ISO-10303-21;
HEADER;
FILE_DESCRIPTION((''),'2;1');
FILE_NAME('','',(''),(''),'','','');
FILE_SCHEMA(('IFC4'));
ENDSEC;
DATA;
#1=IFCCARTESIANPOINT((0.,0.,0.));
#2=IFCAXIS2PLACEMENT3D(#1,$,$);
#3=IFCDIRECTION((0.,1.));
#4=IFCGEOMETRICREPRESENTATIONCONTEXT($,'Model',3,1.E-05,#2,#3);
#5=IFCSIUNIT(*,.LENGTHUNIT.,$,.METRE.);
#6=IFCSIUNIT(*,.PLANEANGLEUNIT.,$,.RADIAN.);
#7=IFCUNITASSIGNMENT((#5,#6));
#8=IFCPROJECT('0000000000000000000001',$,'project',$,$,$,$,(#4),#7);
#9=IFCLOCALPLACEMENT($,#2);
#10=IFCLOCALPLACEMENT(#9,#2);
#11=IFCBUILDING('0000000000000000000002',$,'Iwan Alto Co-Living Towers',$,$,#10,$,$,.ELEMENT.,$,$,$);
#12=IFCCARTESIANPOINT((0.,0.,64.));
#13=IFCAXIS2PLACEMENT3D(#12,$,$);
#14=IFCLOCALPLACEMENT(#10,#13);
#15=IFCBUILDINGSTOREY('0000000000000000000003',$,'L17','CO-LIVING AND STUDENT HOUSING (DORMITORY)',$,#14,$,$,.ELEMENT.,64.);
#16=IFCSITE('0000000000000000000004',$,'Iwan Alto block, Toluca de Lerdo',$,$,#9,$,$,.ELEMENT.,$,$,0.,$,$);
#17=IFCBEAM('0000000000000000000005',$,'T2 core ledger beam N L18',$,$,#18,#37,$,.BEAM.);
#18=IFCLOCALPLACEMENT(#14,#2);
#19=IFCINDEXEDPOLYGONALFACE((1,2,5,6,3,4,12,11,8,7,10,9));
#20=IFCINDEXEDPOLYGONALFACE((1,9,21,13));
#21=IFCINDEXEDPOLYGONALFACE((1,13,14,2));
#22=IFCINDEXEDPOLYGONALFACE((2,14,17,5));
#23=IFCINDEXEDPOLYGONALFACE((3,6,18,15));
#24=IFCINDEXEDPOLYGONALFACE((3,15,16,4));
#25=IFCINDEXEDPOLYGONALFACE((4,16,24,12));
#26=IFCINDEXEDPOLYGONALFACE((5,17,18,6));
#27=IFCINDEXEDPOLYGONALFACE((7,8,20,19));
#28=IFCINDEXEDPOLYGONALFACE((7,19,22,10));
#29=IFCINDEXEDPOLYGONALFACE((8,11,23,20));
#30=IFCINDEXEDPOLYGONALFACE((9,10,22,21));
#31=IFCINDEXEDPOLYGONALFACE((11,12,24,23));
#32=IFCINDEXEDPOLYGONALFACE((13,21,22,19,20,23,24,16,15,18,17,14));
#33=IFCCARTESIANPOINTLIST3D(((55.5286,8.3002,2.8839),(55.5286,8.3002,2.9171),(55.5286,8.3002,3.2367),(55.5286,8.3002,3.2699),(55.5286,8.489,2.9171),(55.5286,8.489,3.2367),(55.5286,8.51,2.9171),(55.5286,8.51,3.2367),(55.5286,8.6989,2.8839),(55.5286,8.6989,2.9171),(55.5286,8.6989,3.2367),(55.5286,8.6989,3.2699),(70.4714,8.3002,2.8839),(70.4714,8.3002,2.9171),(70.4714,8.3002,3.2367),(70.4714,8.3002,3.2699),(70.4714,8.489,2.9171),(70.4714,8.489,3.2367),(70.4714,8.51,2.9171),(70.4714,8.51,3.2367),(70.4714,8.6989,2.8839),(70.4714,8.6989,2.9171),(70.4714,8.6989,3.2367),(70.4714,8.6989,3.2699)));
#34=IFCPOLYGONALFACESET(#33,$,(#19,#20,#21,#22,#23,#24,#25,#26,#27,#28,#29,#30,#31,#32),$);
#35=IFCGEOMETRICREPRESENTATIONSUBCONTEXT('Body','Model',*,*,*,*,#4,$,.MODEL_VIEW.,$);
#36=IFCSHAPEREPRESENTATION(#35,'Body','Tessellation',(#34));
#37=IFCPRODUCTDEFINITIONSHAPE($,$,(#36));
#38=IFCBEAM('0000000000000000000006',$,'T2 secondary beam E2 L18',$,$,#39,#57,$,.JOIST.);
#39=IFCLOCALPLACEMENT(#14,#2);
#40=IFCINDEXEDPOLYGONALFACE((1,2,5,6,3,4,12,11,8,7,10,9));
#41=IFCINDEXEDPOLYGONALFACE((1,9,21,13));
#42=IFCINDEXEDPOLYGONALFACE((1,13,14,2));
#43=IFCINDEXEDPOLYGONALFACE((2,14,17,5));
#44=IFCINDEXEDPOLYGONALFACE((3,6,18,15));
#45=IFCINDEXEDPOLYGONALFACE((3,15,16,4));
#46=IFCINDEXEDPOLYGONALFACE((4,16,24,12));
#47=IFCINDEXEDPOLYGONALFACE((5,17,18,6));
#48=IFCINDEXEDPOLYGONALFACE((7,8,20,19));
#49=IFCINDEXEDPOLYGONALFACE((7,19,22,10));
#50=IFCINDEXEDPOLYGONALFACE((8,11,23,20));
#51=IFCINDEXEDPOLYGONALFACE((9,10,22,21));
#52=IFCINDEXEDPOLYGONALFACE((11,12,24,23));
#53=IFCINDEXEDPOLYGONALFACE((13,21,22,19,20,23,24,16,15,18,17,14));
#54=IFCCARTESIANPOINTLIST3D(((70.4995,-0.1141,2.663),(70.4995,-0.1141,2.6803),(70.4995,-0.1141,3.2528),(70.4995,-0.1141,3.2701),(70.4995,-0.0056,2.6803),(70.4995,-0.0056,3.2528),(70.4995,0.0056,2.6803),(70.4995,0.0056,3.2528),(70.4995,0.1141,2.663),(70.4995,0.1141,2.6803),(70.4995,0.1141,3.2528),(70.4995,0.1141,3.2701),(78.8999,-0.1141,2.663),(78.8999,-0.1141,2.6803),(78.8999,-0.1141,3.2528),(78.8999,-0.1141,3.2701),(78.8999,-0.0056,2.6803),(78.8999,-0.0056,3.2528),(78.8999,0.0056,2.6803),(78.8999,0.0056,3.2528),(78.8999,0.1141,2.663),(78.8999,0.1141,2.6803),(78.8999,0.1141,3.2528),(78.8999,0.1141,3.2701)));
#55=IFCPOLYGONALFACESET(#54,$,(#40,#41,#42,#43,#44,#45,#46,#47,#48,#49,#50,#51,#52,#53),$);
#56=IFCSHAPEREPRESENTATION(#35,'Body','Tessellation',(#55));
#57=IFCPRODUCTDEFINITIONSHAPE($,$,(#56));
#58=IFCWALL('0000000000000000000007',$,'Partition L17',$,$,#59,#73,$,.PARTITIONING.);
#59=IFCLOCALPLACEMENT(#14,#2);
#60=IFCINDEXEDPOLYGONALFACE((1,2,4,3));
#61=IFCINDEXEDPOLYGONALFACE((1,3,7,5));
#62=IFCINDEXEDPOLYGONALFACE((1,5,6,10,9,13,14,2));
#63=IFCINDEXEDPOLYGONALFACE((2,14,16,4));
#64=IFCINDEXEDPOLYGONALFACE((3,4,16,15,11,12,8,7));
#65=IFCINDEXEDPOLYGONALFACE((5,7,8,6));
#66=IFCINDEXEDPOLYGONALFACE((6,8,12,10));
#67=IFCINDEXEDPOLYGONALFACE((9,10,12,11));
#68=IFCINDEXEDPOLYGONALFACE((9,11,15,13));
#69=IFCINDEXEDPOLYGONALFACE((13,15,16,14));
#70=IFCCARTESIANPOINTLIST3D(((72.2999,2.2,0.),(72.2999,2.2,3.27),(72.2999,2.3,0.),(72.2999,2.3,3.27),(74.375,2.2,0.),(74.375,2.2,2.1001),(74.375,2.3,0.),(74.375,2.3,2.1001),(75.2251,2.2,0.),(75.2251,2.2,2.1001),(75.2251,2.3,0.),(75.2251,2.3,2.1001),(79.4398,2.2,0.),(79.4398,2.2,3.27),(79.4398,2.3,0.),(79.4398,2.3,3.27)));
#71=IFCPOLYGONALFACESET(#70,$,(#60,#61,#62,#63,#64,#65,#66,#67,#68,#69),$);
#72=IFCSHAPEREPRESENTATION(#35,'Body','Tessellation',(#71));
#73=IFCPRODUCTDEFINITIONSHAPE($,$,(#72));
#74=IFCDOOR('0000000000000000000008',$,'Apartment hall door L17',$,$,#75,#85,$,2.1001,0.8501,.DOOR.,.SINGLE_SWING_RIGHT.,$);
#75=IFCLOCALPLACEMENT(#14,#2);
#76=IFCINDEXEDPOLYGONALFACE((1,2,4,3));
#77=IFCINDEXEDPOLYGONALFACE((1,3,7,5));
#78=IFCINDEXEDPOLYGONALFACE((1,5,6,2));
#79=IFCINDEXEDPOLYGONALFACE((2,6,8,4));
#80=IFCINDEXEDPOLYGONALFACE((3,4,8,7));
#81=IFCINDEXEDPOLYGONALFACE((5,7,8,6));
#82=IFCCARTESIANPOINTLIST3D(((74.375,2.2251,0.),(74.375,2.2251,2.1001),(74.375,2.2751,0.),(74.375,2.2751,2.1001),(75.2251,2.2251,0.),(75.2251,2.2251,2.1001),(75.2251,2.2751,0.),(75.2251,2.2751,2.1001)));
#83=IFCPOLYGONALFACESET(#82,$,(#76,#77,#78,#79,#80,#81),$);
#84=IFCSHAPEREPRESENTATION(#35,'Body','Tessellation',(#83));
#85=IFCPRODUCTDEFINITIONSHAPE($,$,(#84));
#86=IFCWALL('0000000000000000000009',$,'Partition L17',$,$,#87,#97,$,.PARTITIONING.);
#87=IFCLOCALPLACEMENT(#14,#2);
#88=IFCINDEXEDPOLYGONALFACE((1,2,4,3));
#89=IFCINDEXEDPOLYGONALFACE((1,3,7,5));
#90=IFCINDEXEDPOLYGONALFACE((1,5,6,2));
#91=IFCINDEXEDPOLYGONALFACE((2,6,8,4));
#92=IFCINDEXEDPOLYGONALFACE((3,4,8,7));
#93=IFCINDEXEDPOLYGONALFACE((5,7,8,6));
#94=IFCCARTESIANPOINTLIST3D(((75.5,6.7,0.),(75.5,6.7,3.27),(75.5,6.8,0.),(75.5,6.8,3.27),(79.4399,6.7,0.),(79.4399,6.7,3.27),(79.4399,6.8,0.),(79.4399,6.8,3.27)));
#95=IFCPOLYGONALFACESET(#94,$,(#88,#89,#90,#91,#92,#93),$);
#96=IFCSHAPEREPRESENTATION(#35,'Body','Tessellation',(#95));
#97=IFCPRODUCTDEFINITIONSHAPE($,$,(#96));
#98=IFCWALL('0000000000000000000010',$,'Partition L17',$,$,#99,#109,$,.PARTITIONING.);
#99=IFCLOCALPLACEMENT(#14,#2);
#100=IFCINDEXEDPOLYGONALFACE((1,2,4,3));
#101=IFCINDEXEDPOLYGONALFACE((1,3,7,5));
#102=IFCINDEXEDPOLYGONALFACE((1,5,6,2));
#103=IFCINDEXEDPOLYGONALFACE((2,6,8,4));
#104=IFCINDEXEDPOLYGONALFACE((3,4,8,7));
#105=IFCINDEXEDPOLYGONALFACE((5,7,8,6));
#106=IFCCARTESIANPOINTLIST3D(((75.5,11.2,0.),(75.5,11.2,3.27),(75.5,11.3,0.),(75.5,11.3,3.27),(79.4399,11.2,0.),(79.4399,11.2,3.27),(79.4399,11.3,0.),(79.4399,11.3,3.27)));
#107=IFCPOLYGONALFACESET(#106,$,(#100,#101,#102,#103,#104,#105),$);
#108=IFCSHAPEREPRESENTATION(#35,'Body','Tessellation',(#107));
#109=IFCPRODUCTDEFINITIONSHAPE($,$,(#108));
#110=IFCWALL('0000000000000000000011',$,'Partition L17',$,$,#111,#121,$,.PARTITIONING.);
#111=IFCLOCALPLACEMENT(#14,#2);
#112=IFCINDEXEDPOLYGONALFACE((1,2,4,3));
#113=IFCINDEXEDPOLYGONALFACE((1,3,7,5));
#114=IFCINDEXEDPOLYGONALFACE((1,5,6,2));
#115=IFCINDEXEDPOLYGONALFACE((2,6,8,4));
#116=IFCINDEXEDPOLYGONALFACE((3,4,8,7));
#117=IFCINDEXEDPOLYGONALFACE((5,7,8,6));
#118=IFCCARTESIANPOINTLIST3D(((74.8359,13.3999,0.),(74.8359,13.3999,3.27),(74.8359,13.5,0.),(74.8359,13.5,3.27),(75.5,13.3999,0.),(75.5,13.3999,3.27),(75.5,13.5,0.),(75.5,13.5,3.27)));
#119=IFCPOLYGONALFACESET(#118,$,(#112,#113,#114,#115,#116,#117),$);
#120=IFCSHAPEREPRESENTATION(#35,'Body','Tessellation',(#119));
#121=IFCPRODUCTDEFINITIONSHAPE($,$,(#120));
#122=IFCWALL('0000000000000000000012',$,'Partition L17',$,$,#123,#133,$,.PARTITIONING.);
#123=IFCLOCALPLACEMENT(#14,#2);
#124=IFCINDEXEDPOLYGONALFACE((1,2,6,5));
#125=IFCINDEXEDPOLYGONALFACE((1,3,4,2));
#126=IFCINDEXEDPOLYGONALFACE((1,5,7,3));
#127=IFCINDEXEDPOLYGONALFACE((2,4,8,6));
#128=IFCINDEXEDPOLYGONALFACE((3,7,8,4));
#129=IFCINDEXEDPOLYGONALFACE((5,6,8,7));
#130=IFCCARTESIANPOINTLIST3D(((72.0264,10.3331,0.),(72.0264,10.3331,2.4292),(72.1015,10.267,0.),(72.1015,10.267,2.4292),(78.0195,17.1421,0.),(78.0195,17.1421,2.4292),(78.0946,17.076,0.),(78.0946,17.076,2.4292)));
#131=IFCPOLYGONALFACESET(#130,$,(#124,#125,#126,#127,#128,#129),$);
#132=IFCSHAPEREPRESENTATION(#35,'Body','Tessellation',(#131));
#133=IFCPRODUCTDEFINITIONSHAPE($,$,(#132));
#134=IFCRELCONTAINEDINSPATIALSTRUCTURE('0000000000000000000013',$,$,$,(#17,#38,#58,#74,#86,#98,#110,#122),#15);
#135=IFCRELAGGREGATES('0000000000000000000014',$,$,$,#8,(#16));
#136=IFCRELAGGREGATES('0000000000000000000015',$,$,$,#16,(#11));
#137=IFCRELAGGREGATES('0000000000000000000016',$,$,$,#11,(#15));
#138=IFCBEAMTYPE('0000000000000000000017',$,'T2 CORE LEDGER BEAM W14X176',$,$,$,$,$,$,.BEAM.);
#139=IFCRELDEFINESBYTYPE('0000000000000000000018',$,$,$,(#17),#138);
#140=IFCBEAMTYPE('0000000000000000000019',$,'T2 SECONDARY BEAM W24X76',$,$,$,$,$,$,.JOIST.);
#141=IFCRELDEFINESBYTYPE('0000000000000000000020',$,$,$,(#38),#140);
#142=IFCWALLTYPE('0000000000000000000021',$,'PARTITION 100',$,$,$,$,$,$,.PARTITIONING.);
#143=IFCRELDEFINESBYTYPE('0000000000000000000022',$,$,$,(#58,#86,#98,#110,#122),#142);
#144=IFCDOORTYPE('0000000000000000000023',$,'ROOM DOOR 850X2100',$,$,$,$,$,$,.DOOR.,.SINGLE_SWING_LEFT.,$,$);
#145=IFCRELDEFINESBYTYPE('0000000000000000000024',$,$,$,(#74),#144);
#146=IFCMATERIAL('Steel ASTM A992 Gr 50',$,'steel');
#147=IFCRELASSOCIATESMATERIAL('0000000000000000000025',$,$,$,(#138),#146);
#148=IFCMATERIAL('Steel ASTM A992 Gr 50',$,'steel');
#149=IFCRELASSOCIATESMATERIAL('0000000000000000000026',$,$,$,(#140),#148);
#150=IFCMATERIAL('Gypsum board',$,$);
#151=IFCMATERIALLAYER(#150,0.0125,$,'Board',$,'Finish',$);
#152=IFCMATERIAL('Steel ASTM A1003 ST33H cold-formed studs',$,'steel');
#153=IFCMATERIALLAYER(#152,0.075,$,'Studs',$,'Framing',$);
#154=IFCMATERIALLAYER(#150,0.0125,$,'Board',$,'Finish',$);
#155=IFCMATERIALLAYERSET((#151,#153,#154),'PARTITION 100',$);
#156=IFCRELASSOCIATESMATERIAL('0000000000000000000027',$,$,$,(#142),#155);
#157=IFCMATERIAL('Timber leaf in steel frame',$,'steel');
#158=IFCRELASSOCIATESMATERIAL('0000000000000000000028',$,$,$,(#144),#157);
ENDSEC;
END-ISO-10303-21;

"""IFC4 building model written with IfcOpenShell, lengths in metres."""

from ifc_helpers import new_model, si_unit, direction, frame, frame_2d, origin, origin_2d, place, context, subcontext, project, spatial, rectangle, i_section, extrude, material, layer, layer_set, material_profile, profile_set, type_object, element, fill, save


model = new_model("IFC4")

# Units and contexts
model_context = context("Model", 3, precision=1e-05, world=origin(), true_north=direction((0.0, 1.0)))
body_context = subcontext(model_context, "Body", "Model", "MODEL_VIEW")
ifc_project = project(units=[si_unit("LENGTHUNIT", "METRE"), si_unit("PLANEANGLEUNIT", "RADIAN")], contexts=[model_context])

# Site, building, storey
site_placement = place(None, origin())
site = spatial("IfcSite", under=ifc_project, at=site_placement, Name="Iwan Alto block, Toluca de Lerdo", CompositionType="ELEMENT", RefElevation=0.0)
building_placement = place(site_placement, origin())
building = spatial("IfcBuilding", under=site, at=building_placement, Name="Iwan Alto Co-Living Towers", CompositionType="ELEMENT")
storey_placement = place(building_placement, frame((0.0, 0.0, 64.0)))
storey = spatial("IfcBuildingStorey", under=building, at=storey_placement, Name="L17", Description="CO-LIVING AND STUDENT HOUSING (DORMITORY)", CompositionType="ELEMENT", Elevation=64.0)

# Beams
ifc_material_1 = material(Name="Steel ASTM A992 Gr 50", Category="steel")
ifc_material_profile_1 = material_profile(ifc_material_1, i_section(OverallWidth=0.3987, OverallDepth=0.386, WebThickness=0.021, FlangeThickness=0.0332, at=origin_2d()), Name="W14X176")
ifc_profile_set_1 = profile_set([ifc_material_profile_1], Name="Steel ASTM A992 Gr 50")
beam_type_1 = type_object("IfcBeamType", Name="T2 CORE LEDGER BEAM W14X176", PredefinedType="BEAM", material=ifc_profile_set_1)
beam_1_placement = place(storey_placement, frame((70.4714, 8.4995, 3.0769), z_axis=(-1.0, 0.0, 0.0), x_axis=(0.0, -1.0, 0.0)))
element("IfcBeam", 1, at=beam_1_placement, inside=storey, type_object=beam_type_1, Name="T2 core ledger beam N L18", PredefinedType="BEAM", context=body_context, shape_type="SweptSolid", body=[
    extrude(i_section(OverallWidth=0.3987, OverallDepth=0.386, WebThickness=0.021, FlangeThickness=0.0332, at=origin_2d()), origin(), (0.0, 0.0, 1.0), 14.9429),
])
ifc_material_2 = material(Name="Steel ASTM A992 Gr 50", Category="steel")
ifc_material_profile_2 = material_profile(ifc_material_2, i_section(OverallWidth=0.2283, OverallDepth=0.6072, WebThickness=0.0112, FlangeThickness=0.0173, at=origin_2d()), Name="W24X76")
ifc_profile_set_2 = profile_set([ifc_material_profile_2], Name="Steel ASTM A992 Gr 50")
beam_type_2 = type_object("IfcBeamType", Name="T2 SECONDARY BEAM W24X76", PredefinedType="JOIST", material=ifc_profile_set_2)
beam_2_placement = place(storey_placement, frame((78.8999, 0.0, 2.9666), z_axis=(-1.0, 0.0, 0.0), x_axis=(0.0, -1.0, 0.0)))
element("IfcBeam", 2, at=beam_2_placement, inside=storey, type_object=beam_type_2, Name="T2 secondary beam E2 L18", PredefinedType="JOIST", context=body_context, shape_type="SweptSolid", body=[
    extrude(i_section(OverallWidth=0.2283, OverallDepth=0.6072, WebThickness=0.0112, FlangeThickness=0.0173, at=origin_2d()), origin(), (0.0, 0.0, 1.0), 8.4004),
])

# Wall, opening, door
ifc_material_3 = material(Name="Gypsum board")
ifc_layer_1 = layer(ifc_material_3, 0.0125, Name="Board", Category="Finish")
ifc_material_4 = material(Name="Steel ASTM A1003 ST33H cold-formed studs", Category="steel")
ifc_layer_2 = layer(ifc_material_4, 0.075, Name="Studs", Category="Framing")
ifc_layer_3 = layer(ifc_material_3, 0.0125, Name="Board", Category="Finish")
ifc_layer_set_1 = layer_set([ifc_layer_1, ifc_layer_2, ifc_layer_3], Name="PARTITION 100")
wall_type_1 = type_object("IfcWallType", Name="PARTITION 100", PredefinedType="PARTITIONING", material=ifc_layer_set_1)
wall_1_placement = place(storey_placement, frame((72.3, 2.25, 0.0), z_axis=(0.0, 0.0, 1.0), x_axis=(1.0, 0.0, 0.0)))
wall_1 = element("IfcWall", 3, at=wall_1_placement, inside=storey, type_object=wall_type_1, Name="Partition L17", PredefinedType="PARTITIONING", context=body_context, shape_type="SweptSolid", body=[
    extrude(rectangle(XDim=7.1399, YDim=0.1001, at=frame_2d((3.5698, 0.0))), origin(), (0.0, 0.0, 1.0), 3.27),
])
opening_1_placement = place(wall_1_placement, frame((2.075, 0.0, 0.0)))
opening_1 = element("IfcOpeningElement", 4, at=opening_1_placement, cuts=wall_1, PredefinedType="OPENING", context=body_context, shape_type="SweptSolid", body=[
    extrude(rectangle(XDim=0.8501, YDim=2.1001, at=frame_2d((0.425, 1.05))), frame((0.0, 0.0601, 0.0), z_axis=(0.0, -1.0, 0.0), x_axis=(1.0, 0.0, 0.0)), (0.0, 0.0, 1.0), 0.1201),
])
ifc_material_5 = material(Name="Timber leaf in steel frame", Category="steel")
door_type = type_object("IfcDoorType", Name="ROOM DOOR 850X2100", OperationType="SINGLE_SWING_LEFT", PredefinedType="DOOR", material=ifc_material_5)
door_1_placement = place(opening_1_placement, frame((0.8501, 0.0, 0.0), z_axis=(0.0, 0.0, 1.0), x_axis=(-1.0, 0.0, 0.0)))
door_1 = element("IfcDoor", 5, at=door_1_placement, inside=storey, type_object=door_type, Name="Apartment hall door L17", OperationType="SINGLE_SWING_RIGHT", OverallHeight=2.1001, OverallWidth=0.8501, PredefinedType="DOOR", context=body_context, shape_type="SweptSolid", body=[
    extrude(rectangle(XDim=0.8501, YDim=2.1001, at=frame_2d((0.425, 1.05))), frame((0.0, 0.0249, 0.0), z_axis=(0.0, -1.0, 0.0), x_axis=(1.0, 0.0, 0.0)), (0.0, 0.0, 1.0), 0.05),
])
fill(opening_1, door_1)

# Walls
for number, where, z_axis, x_axis, name in (
    (6, (75.5, 6.75, 0.0), (0.0, 0.0, 1.0), (1.0, 0.0, 0.0), "Partition L17"),
    (7, (75.5, 11.25, 0.0), (0.0, 0.0, 1.0), (1.0, 0.0, 0.0), "Partition L17"),
):
    element("IfcWall", number, at=place(storey_placement, frame(where, z_axis=z_axis, x_axis=x_axis)), inside=storey, type_object=wall_type_1, Name=name, PredefinedType="PARTITIONING", context=body_context, shape_type="SweptSolid", body=[
        extrude(rectangle(XDim=3.9399, YDim=0.1001, at=frame_2d((1.97, 0.0))), origin(), (0.0, 0.0, 1.0), 3.27),
    ])
wall_2_placement = place(storey_placement, frame((74.8359, 13.45, 0.0), z_axis=(0.0, 0.0, 1.0), x_axis=(1.0, 0.0, 0.0)))
element("IfcWall", 8, at=wall_2_placement, inside=storey, type_object=wall_type_1, Name="Partition L17", PredefinedType="PARTITIONING", context=body_context, shape_type="SweptSolid", body=[
    extrude(rectangle(XDim=0.6641, YDim=0.1001, at=frame_2d((0.332, 0.0))), origin(), (0.0, 0.0, 1.0), 3.27),
])
wall_3_placement = place(storey_placement, frame((72.064, 10.3, 0.0), z_axis=(0.0, 0.0, 1.0), x_axis=(0.660701, 0.750649, 0.0)))
element("IfcWall", 9, at=wall_3_placement, inside=storey, type_object=wall_type_1, Name="Partition L17", PredefinedType="PARTITIONING", context=body_context, shape_type="SweptSolid", body=[
    extrude(rectangle(XDim=9.0708, YDim=0.1001, at=frame_2d((4.5354, 0.0))), origin(), (0.0, 0.0, 1.0), 2.4292),
])

save(model, "model.ifc")
